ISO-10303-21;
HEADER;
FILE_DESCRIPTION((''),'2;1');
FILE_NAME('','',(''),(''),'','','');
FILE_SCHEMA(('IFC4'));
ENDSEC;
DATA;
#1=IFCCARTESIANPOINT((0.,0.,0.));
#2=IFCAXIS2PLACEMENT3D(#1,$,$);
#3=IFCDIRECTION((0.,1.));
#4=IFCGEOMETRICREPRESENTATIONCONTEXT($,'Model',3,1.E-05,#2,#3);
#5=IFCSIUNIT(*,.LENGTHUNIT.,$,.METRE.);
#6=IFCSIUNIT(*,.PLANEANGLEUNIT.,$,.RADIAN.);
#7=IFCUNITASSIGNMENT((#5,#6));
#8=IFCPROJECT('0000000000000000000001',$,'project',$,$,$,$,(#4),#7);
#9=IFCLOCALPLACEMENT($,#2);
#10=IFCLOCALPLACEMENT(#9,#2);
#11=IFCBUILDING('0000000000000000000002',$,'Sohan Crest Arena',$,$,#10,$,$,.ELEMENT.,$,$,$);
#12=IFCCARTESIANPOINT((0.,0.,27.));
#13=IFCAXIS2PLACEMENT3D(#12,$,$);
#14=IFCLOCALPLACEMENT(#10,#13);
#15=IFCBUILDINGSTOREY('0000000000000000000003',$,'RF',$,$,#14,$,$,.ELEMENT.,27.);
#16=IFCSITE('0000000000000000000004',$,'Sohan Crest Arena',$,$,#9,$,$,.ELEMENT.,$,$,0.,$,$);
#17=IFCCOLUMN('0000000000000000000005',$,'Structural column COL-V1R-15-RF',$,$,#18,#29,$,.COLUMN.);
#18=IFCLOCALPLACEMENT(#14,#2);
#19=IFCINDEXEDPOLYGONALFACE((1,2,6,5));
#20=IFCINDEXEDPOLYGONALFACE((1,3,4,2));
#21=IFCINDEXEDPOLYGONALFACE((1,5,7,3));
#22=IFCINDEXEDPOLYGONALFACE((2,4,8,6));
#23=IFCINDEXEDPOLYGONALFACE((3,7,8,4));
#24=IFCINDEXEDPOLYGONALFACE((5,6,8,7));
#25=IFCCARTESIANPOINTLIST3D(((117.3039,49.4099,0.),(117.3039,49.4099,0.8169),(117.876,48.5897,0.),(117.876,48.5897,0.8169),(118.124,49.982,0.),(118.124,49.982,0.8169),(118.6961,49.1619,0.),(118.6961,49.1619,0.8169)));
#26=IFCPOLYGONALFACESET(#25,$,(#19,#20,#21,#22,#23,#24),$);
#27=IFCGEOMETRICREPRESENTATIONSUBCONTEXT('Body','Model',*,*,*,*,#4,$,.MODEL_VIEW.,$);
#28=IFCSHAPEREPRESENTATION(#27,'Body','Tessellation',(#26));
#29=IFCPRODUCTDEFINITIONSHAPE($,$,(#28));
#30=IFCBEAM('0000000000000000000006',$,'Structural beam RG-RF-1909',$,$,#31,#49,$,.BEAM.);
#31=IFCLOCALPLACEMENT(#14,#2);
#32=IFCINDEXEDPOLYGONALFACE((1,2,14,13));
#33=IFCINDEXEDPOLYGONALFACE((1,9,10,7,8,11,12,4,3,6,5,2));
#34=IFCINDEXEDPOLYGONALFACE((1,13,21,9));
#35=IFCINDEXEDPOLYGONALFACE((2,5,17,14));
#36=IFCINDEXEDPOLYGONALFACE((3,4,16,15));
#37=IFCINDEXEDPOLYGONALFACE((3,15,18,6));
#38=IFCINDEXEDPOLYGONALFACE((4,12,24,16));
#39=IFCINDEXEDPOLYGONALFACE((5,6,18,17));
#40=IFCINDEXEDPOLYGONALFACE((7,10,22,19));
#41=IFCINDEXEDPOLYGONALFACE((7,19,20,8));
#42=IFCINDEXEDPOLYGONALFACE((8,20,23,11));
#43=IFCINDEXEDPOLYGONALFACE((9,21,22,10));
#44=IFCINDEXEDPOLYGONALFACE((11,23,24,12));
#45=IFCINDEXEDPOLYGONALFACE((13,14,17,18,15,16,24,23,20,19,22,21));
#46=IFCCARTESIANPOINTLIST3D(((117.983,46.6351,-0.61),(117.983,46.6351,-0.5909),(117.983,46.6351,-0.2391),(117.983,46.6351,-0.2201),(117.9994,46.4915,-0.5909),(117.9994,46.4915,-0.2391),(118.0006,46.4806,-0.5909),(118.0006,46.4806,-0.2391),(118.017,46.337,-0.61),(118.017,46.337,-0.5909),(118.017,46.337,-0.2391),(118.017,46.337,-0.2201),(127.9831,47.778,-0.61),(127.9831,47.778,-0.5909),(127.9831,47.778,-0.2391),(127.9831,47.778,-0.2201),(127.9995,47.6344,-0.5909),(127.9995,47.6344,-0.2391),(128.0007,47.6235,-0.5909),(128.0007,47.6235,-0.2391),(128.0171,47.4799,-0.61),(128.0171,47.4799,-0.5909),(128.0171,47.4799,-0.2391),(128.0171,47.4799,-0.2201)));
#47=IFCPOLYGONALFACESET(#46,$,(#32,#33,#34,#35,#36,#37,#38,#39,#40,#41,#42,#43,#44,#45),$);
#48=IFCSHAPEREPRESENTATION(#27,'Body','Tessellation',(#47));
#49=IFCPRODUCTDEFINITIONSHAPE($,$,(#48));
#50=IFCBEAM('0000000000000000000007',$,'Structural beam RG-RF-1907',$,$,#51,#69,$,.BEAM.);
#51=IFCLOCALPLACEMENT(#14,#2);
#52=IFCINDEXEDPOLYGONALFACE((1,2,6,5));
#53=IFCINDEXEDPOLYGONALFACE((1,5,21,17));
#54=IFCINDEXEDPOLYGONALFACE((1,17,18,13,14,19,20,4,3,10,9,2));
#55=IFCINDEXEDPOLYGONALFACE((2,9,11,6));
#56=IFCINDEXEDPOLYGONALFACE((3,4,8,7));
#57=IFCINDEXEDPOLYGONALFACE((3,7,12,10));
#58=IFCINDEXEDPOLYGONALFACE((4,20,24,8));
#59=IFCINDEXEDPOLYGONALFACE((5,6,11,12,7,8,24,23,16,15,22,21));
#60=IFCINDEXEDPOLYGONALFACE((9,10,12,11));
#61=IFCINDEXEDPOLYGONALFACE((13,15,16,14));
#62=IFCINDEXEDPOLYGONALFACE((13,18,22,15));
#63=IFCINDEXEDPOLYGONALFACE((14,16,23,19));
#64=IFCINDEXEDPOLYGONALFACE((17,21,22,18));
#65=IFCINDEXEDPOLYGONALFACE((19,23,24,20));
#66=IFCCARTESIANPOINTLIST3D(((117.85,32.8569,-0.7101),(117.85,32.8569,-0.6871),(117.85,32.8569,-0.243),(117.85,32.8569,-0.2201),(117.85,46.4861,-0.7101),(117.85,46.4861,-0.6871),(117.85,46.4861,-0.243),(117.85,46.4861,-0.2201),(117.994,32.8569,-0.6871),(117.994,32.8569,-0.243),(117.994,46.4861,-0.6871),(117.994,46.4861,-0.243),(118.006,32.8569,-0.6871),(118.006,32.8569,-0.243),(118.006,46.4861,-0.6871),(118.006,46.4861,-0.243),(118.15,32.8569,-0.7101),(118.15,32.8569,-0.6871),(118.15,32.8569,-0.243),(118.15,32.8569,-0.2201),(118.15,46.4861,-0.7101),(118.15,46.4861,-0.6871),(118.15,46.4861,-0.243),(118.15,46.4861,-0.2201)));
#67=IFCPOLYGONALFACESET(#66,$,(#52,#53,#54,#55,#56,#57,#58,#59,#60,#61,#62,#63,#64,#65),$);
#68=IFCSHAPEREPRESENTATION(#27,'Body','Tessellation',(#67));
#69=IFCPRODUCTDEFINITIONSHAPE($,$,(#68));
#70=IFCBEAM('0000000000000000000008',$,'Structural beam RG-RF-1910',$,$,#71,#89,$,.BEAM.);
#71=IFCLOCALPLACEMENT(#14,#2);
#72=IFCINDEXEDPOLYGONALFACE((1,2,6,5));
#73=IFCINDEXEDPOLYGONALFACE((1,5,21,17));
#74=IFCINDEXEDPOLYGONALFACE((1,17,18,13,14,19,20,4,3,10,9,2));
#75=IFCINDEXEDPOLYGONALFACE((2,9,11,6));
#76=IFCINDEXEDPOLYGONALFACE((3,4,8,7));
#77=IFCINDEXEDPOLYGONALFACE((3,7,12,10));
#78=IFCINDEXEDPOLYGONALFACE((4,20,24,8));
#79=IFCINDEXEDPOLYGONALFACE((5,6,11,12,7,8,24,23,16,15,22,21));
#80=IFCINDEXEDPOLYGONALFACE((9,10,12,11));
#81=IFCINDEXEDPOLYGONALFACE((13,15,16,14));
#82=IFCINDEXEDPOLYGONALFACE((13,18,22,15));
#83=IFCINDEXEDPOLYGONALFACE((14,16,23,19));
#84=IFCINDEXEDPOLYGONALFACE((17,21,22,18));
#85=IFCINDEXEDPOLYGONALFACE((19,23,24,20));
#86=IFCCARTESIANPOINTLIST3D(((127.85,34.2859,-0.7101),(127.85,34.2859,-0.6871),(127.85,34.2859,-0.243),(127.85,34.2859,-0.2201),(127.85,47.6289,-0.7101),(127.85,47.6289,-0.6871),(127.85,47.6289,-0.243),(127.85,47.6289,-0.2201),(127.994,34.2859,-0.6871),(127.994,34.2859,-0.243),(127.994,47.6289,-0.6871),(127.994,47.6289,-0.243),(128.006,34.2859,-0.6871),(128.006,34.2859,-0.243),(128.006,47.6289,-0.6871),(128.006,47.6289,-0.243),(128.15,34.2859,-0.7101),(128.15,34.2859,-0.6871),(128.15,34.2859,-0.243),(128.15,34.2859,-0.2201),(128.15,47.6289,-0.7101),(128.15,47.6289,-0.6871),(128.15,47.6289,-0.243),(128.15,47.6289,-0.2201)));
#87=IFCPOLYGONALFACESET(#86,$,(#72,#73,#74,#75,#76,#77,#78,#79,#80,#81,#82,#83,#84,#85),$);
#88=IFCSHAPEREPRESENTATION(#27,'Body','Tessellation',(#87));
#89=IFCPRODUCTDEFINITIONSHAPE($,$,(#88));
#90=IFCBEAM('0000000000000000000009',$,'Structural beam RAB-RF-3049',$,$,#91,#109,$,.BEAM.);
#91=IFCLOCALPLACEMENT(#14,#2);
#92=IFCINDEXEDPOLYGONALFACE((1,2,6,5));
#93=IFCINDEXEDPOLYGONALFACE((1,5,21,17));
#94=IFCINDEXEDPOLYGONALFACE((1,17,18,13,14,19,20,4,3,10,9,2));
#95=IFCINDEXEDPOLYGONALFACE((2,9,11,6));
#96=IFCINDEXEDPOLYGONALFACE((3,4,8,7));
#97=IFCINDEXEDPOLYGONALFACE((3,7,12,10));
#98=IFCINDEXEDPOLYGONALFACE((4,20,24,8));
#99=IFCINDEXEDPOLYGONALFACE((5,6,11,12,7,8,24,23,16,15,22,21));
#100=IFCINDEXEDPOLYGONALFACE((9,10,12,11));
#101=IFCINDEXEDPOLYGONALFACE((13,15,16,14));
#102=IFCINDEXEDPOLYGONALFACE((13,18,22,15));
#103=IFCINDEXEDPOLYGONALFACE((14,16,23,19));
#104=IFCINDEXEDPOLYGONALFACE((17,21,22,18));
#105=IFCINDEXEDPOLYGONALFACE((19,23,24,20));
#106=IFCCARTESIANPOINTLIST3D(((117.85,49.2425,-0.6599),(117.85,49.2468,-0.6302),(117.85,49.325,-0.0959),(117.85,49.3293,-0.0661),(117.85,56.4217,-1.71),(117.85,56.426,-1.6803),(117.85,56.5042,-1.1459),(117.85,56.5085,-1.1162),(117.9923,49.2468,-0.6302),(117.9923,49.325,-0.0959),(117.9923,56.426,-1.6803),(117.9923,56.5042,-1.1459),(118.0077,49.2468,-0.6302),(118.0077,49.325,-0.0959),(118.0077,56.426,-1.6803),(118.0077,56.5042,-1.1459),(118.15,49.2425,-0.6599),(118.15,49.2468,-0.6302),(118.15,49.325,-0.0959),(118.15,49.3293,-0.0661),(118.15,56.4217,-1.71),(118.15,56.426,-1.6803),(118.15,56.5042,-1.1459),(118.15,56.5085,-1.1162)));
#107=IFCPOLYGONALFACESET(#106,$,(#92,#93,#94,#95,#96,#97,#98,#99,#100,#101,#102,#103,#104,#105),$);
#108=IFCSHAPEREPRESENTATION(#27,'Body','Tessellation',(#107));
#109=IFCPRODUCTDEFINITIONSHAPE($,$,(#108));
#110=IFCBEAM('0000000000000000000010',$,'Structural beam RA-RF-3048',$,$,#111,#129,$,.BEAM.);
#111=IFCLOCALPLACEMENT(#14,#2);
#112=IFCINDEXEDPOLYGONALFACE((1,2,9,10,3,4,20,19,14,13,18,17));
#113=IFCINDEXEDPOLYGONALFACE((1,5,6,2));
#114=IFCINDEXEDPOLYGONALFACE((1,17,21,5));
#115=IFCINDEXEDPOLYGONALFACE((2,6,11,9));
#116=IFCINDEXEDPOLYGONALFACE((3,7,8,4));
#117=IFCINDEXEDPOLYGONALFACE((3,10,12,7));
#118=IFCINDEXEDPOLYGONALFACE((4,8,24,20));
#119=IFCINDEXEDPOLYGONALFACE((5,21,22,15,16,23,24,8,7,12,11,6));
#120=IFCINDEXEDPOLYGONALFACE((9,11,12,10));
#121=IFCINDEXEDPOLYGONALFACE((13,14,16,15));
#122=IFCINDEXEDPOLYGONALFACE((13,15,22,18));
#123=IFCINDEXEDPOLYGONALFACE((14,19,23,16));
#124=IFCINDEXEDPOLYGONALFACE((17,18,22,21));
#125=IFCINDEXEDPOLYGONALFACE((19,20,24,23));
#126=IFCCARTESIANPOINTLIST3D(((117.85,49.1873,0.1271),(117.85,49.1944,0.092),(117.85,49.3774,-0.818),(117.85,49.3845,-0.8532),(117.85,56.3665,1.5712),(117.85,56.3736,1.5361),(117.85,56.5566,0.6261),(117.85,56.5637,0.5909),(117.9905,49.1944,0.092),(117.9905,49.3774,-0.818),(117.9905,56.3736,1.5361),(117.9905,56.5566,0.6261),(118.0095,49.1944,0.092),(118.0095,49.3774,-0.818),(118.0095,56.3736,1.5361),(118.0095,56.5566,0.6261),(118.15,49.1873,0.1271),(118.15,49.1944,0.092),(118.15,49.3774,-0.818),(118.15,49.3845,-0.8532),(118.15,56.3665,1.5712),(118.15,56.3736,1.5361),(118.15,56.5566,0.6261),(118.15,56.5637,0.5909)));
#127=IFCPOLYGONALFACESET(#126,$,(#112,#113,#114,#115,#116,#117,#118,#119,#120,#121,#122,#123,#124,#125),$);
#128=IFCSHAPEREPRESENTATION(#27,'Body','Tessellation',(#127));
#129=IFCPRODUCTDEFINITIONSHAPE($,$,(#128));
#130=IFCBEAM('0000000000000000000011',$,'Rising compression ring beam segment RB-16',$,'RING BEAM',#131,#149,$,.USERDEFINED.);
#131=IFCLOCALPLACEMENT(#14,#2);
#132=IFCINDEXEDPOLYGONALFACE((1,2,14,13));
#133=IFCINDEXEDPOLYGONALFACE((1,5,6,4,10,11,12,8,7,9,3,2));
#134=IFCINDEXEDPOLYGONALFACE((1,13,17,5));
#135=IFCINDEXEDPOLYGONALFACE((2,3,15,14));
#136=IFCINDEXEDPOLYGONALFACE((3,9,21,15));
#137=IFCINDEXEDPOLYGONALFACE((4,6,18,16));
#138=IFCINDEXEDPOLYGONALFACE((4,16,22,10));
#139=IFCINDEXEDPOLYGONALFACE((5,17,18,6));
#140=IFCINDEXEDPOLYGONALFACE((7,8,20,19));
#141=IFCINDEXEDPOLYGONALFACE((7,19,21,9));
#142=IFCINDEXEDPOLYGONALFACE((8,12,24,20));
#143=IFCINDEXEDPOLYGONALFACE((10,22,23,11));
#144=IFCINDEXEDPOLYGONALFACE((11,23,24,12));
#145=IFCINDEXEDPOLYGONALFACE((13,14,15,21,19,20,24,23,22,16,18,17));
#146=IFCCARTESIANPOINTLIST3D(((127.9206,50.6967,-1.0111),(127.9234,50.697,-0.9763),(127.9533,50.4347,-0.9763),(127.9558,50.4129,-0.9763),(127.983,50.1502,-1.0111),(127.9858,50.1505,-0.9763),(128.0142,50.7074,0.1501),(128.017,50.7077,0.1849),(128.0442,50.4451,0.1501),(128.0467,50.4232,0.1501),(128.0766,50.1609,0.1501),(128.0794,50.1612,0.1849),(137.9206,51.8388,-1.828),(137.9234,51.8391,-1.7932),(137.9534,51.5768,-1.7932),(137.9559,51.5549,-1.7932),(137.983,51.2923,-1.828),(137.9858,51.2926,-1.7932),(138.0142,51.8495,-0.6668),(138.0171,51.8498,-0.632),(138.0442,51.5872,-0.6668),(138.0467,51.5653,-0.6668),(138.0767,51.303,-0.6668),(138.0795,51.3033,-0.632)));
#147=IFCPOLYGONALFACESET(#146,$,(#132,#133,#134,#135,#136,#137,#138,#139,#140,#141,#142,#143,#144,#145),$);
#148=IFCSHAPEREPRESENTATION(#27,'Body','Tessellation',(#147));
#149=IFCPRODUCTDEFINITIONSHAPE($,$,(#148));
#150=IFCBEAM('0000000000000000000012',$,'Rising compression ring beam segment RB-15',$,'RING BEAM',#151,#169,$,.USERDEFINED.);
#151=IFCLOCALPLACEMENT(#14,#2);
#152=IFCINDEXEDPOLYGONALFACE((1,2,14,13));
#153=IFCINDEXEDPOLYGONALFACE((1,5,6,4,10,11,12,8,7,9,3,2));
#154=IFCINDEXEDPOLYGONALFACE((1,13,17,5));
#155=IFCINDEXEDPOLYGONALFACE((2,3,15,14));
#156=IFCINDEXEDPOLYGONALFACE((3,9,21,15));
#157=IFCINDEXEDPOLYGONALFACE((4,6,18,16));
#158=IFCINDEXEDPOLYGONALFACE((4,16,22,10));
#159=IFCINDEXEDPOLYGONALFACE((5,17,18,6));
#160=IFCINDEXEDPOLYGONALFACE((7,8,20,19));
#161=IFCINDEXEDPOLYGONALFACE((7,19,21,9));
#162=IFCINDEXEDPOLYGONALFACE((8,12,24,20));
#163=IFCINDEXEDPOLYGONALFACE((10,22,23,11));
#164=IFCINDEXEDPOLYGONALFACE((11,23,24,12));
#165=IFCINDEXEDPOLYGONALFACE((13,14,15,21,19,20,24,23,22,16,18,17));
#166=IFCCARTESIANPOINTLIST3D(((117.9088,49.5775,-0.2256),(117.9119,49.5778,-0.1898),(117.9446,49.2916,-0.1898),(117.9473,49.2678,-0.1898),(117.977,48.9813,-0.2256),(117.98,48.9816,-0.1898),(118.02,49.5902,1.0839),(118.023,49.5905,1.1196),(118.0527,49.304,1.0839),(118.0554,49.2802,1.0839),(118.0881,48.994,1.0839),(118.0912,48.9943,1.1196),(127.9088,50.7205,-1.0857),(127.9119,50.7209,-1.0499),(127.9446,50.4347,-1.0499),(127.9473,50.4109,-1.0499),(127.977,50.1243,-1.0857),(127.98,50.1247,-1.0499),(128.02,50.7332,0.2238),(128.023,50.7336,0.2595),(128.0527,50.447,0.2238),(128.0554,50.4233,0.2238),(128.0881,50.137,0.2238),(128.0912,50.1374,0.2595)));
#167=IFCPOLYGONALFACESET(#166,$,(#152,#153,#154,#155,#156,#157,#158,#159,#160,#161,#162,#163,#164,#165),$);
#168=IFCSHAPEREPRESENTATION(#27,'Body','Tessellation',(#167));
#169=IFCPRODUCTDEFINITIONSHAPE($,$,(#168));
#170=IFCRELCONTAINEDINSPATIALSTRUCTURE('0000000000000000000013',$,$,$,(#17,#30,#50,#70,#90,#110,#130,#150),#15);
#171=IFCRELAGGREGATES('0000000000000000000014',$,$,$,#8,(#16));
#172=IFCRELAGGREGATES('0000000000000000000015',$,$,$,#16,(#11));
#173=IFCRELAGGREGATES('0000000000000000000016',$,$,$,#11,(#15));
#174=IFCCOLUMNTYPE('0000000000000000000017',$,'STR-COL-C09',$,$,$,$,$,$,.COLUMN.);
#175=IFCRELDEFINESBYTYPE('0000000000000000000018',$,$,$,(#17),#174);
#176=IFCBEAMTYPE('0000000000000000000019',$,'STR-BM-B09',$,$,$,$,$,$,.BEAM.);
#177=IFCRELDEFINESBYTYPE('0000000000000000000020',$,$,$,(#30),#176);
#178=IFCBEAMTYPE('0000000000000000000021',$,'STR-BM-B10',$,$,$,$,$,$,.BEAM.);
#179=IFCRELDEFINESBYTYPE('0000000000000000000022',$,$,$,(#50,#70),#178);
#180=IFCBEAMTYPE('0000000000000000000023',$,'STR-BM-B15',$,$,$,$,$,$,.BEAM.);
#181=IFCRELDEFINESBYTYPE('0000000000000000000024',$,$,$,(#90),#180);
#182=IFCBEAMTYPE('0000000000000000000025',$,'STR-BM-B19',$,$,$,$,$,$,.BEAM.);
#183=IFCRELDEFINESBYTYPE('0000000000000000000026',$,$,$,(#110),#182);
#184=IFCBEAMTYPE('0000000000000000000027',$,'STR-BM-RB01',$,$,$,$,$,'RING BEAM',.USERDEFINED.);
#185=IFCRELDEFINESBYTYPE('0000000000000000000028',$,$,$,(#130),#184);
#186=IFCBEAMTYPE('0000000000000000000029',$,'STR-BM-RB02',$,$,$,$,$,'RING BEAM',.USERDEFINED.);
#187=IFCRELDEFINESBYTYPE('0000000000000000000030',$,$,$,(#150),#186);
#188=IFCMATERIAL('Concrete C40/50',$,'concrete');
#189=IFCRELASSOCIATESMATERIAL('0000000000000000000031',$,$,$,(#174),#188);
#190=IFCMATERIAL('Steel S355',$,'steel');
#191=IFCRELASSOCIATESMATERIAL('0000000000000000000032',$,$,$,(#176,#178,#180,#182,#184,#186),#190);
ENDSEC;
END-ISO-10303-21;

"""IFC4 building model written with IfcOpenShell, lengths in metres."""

from ifc_helpers import new_model, si_unit, direction, frame, origin, origin_2d, place, context, subcontext, project, spatial, rectangle, i_section, extrude, material, material_profile, profile_set, type_object, element, save


model = new_model("IFC4")

# Units and contexts
model_context = context("Model", 3, precision=1e-05, world=origin(), true_north=direction((0.0, 1.0)))
body_context = subcontext(model_context, "Body", "Model", "MODEL_VIEW")
ifc_project = project(units=[si_unit("LENGTHUNIT", "METRE"), si_unit("PLANEANGLEUNIT", "RADIAN")], contexts=[model_context])

# Site, building, storey
site_placement = place(None, origin())
site = spatial("IfcSite", under=ifc_project, at=site_placement, Name="Sohan Crest Arena", CompositionType="ELEMENT", RefElevation=0.0)
building_placement = place(site_placement, origin())
building = spatial("IfcBuilding", under=site, at=building_placement, Name="Sohan Crest Arena", CompositionType="ELEMENT")
storey_placement = place(building_placement, frame((0.0, 0.0, 27.0)))
storey = spatial("IfcBuildingStorey", under=building, at=storey_placement, Name="RF", CompositionType="ELEMENT", Elevation=27.0)

# Column
ifc_material_1 = material(Name="Concrete C40/50", Category="concrete")
ifc_material_profile_1 = material_profile(ifc_material_1, rectangle(XDim=1.0, YDim=1.0, at=origin_2d()), Name="RC 1000x1000")
ifc_profile_set_1 = profile_set([ifc_material_profile_1], Name="Concrete C40/50")
column_type = type_object("IfcColumnType", Name="STR-COL-C09", PredefinedType="COLUMN", material=ifc_profile_set_1)
column_placement = place(storey_placement, frame((118.0, 49.2859, 0.0), z_axis=(0.0, 0.0, 1.0), x_axis=(-0.572146, 0.820152, 0.0)))
element("IfcColumn", 1, at=column_placement, inside=storey, type_object=column_type, Name="Structural column COL-V1R-15-RF", PredefinedType="COLUMN", context=body_context, shape_type="SweptSolid", body=[
    extrude(rectangle(XDim=1.0, YDim=1.0, at=origin_2d()), origin(), (0.0, 0.0, 1.0), 0.8169),
])

# Beams
ifc_material_2 = material(Name="Steel S355", Category="steel")
ifc_material_profile_2 = material_profile(ifc_material_2, i_section(OverallWidth=0.3, OverallDepth=0.3899, WebThickness=0.011, FlangeThickness=0.019, at=origin_2d()), Name="HEA 400")
ifc_profile_set_2 = profile_set([ifc_material_profile_2], Name="Steel S355")
beam_type_1 = type_object("IfcBeamType", Name="STR-BM-B09", PredefinedType="BEAM", material=ifc_profile_set_2)
beam_1_placement = place(storey_placement, frame((118.0, 46.4861, -0.415), z_axis=(0.993533, 0.113543, 0.0), x_axis=(-0.113543, 0.993533, 0.0)))
element("IfcBeam", 2, at=beam_1_placement, inside=storey, type_object=beam_type_1, Name="Structural beam RG-RF-1909", PredefinedType="BEAM", context=body_context, shape_type="SweptSolid", body=[
    extrude(i_section(OverallWidth=0.3, OverallDepth=0.3899, WebThickness=0.011, FlangeThickness=0.019, at=origin_2d()), origin(), (0.0, 0.0, 1.0), 10.0652),
])
ifc_material_profile_3 = material_profile(ifc_material_2, i_section(OverallWidth=0.3, OverallDepth=0.49, WebThickness=0.012, FlangeThickness=0.0229, at=origin_2d()), Name="HEA 500")
ifc_profile_set_3 = profile_set([ifc_material_profile_3], Name="Steel S355")
beam_type_2 = type_object("IfcBeamType", Name="STR-BM-B10", PredefinedType="BEAM", material=ifc_profile_set_3)
beam_2_placement = place(storey_placement, frame((118.0, 46.4861, -0.4651), z_axis=(0.0, -1.0, 0.0), x_axis=(1.0, 0.0, 0.0)))
element("IfcBeam", 3, at=beam_2_placement, inside=storey, type_object=beam_type_2, Name="Structural beam RG-RF-1907", PredefinedType="BEAM", context=body_context, shape_type="SweptSolid", body=[
    extrude(i_section(OverallWidth=0.3, OverallDepth=0.49, WebThickness=0.012, FlangeThickness=0.0229, at=origin_2d()), origin(), (0.0, 0.0, 1.0), 13.6292),
])
beam_3_placement = place(storey_placement, frame((128.0, 47.6289, -0.4651), z_axis=(0.0, -1.0, 0.0), x_axis=(1.0, 0.0, 0.0)))
element("IfcBeam", 4, at=beam_3_placement, inside=storey, type_object=beam_type_2, Name="Structural beam RG-RF-1910", PredefinedType="BEAM", context=body_context, shape_type="SweptSolid", body=[
    extrude(i_section(OverallWidth=0.3, OverallDepth=0.49, WebThickness=0.012, FlangeThickness=0.0229, at=origin_2d()), origin(), (0.0, 0.0, 1.0), 13.343),
])
ifc_material_profile_4 = material_profile(ifc_material_2, i_section(OverallWidth=0.3, OverallDepth=0.6001, WebThickness=0.0154, FlangeThickness=0.03, at=origin_2d()), Name="HEB 600")
ifc_profile_set_4 = profile_set([ifc_material_profile_4], Name="Steel S355")
beam_type_3 = type_object("IfcBeamType", Name="STR-BM-B15", PredefinedType="BEAM", material=ifc_profile_set_4)
beam_4_placement = place(storey_placement, frame((118.0, 49.2859, -0.363), z_axis=(0.0, 0.989472, -0.144723), x_axis=(-1.0, 0.0, 0.0)))
element("IfcBeam", 5, at=beam_4_placement, inside=storey, type_object=beam_type_3, Name="Structural beam RAB-RF-3049", PredefinedType="BEAM", context=body_context, shape_type="SweptSolid", body=[
    extrude(i_section(OverallWidth=0.3, OverallDepth=0.6001, WebThickness=0.0154, FlangeThickness=0.03, at=origin_2d()), origin(), (0.0, 0.0, 1.0), 7.2556),
])
ifc_material_profile_5 = material_profile(ifc_material_2, i_section(OverallWidth=0.3, OverallDepth=1.0, WebThickness=0.019, FlangeThickness=0.0359, at=origin_2d()), Name="HEB 1000")
ifc_profile_set_5 = profile_set([ifc_material_profile_5], Name="Steel S355")
beam_type_4 = type_object("IfcBeamType", Name="STR-BM-B19", PredefinedType="BEAM", material=ifc_profile_set_5)
beam_5_placement = place(storey_placement, frame((118.0, 49.2859, -0.363), z_axis=(0.0, 0.980363, 0.1972), x_axis=(-1.0, 0.0, 0.0)))
element("IfcBeam", 6, at=beam_5_placement, inside=storey, type_object=beam_type_4, Name="Structural beam RA-RF-3048", PredefinedType="BEAM", context=body_context, shape_type="SweptSolid", body=[
    extrude(i_section(OverallWidth=0.3, OverallDepth=1.0, WebThickness=0.019, FlangeThickness=0.0359, at=origin_2d()), origin(), (0.0, 0.0, 1.0), 7.323),
])
ifc_material_profile_6 = material_profile(ifc_material_2, i_section(OverallWidth=0.55, OverallDepth=1.2, WebThickness=0.022, FlangeThickness=0.0349, at=origin_2d()), Name="PG 1200x550x22x35")
ifc_profile_set_6 = profile_set([ifc_material_profile_6], Name="Steel S355")
beam_type_5 = type_object("IfcBeamType", Name="STR-BM-RB01", ElementType="RING BEAM", PredefinedType="USERDEFINED", material=ifc_profile_set_6)
beam_6_placement = place(storey_placement, frame((128.0, 50.429, -0.4131), z_axis=(0.990285, 0.113099, -0.080896), x_axis=(-0.113471, 0.993541, 0.0)))
element("IfcBeam", 7, at=beam_6_placement, inside=storey, type_object=beam_type_5, Name="Rising compression ring beam segment RB-16", ObjectType="RING BEAM", PredefinedType="USERDEFINED", context=body_context, shape_type="SweptSolid", body=[
    extrude(i_section(OverallWidth=0.55, OverallDepth=1.2, WebThickness=0.022, FlangeThickness=0.0349, at=origin_2d()), origin(), (0.0, 0.0, 1.0), 10.0981),
])
ifc_material_profile_7 = material_profile(ifc_material_2, i_section(OverallWidth=0.6001, OverallDepth=1.3501, WebThickness=0.0239, FlangeThickness=0.0359, at=origin_2d()), Name="PG 1350x600x24x36")
ifc_profile_set_7 = profile_set([ifc_material_profile_7], Name="Steel S355")
beam_type_6 = type_object("IfcBeamType", Name="STR-BM-RB02", ElementType="RING BEAM", PredefinedType="USERDEFINED", material=ifc_profile_set_7)
beam_7_placement = place(storey_placement, frame((118.0, 49.2859, 0.447), z_axis=(0.989922, 0.113155, -0.085144), x_axis=(-0.113567, 0.99353, 0.0)))
element("IfcBeam", 8, at=beam_7_placement, inside=storey, type_object=beam_type_6, Name="Rising compression ring beam segment RB-15", ObjectType="RING BEAM", PredefinedType="USERDEFINED", context=body_context, shape_type="SweptSolid", body=[
    extrude(i_section(OverallWidth=0.6001, OverallDepth=1.3501, WebThickness=0.0239, FlangeThickness=0.0359, at=origin_2d()), origin(), (0.0, 0.0, 1.0), 10.1018),
])

save(model, "model.ifc")
